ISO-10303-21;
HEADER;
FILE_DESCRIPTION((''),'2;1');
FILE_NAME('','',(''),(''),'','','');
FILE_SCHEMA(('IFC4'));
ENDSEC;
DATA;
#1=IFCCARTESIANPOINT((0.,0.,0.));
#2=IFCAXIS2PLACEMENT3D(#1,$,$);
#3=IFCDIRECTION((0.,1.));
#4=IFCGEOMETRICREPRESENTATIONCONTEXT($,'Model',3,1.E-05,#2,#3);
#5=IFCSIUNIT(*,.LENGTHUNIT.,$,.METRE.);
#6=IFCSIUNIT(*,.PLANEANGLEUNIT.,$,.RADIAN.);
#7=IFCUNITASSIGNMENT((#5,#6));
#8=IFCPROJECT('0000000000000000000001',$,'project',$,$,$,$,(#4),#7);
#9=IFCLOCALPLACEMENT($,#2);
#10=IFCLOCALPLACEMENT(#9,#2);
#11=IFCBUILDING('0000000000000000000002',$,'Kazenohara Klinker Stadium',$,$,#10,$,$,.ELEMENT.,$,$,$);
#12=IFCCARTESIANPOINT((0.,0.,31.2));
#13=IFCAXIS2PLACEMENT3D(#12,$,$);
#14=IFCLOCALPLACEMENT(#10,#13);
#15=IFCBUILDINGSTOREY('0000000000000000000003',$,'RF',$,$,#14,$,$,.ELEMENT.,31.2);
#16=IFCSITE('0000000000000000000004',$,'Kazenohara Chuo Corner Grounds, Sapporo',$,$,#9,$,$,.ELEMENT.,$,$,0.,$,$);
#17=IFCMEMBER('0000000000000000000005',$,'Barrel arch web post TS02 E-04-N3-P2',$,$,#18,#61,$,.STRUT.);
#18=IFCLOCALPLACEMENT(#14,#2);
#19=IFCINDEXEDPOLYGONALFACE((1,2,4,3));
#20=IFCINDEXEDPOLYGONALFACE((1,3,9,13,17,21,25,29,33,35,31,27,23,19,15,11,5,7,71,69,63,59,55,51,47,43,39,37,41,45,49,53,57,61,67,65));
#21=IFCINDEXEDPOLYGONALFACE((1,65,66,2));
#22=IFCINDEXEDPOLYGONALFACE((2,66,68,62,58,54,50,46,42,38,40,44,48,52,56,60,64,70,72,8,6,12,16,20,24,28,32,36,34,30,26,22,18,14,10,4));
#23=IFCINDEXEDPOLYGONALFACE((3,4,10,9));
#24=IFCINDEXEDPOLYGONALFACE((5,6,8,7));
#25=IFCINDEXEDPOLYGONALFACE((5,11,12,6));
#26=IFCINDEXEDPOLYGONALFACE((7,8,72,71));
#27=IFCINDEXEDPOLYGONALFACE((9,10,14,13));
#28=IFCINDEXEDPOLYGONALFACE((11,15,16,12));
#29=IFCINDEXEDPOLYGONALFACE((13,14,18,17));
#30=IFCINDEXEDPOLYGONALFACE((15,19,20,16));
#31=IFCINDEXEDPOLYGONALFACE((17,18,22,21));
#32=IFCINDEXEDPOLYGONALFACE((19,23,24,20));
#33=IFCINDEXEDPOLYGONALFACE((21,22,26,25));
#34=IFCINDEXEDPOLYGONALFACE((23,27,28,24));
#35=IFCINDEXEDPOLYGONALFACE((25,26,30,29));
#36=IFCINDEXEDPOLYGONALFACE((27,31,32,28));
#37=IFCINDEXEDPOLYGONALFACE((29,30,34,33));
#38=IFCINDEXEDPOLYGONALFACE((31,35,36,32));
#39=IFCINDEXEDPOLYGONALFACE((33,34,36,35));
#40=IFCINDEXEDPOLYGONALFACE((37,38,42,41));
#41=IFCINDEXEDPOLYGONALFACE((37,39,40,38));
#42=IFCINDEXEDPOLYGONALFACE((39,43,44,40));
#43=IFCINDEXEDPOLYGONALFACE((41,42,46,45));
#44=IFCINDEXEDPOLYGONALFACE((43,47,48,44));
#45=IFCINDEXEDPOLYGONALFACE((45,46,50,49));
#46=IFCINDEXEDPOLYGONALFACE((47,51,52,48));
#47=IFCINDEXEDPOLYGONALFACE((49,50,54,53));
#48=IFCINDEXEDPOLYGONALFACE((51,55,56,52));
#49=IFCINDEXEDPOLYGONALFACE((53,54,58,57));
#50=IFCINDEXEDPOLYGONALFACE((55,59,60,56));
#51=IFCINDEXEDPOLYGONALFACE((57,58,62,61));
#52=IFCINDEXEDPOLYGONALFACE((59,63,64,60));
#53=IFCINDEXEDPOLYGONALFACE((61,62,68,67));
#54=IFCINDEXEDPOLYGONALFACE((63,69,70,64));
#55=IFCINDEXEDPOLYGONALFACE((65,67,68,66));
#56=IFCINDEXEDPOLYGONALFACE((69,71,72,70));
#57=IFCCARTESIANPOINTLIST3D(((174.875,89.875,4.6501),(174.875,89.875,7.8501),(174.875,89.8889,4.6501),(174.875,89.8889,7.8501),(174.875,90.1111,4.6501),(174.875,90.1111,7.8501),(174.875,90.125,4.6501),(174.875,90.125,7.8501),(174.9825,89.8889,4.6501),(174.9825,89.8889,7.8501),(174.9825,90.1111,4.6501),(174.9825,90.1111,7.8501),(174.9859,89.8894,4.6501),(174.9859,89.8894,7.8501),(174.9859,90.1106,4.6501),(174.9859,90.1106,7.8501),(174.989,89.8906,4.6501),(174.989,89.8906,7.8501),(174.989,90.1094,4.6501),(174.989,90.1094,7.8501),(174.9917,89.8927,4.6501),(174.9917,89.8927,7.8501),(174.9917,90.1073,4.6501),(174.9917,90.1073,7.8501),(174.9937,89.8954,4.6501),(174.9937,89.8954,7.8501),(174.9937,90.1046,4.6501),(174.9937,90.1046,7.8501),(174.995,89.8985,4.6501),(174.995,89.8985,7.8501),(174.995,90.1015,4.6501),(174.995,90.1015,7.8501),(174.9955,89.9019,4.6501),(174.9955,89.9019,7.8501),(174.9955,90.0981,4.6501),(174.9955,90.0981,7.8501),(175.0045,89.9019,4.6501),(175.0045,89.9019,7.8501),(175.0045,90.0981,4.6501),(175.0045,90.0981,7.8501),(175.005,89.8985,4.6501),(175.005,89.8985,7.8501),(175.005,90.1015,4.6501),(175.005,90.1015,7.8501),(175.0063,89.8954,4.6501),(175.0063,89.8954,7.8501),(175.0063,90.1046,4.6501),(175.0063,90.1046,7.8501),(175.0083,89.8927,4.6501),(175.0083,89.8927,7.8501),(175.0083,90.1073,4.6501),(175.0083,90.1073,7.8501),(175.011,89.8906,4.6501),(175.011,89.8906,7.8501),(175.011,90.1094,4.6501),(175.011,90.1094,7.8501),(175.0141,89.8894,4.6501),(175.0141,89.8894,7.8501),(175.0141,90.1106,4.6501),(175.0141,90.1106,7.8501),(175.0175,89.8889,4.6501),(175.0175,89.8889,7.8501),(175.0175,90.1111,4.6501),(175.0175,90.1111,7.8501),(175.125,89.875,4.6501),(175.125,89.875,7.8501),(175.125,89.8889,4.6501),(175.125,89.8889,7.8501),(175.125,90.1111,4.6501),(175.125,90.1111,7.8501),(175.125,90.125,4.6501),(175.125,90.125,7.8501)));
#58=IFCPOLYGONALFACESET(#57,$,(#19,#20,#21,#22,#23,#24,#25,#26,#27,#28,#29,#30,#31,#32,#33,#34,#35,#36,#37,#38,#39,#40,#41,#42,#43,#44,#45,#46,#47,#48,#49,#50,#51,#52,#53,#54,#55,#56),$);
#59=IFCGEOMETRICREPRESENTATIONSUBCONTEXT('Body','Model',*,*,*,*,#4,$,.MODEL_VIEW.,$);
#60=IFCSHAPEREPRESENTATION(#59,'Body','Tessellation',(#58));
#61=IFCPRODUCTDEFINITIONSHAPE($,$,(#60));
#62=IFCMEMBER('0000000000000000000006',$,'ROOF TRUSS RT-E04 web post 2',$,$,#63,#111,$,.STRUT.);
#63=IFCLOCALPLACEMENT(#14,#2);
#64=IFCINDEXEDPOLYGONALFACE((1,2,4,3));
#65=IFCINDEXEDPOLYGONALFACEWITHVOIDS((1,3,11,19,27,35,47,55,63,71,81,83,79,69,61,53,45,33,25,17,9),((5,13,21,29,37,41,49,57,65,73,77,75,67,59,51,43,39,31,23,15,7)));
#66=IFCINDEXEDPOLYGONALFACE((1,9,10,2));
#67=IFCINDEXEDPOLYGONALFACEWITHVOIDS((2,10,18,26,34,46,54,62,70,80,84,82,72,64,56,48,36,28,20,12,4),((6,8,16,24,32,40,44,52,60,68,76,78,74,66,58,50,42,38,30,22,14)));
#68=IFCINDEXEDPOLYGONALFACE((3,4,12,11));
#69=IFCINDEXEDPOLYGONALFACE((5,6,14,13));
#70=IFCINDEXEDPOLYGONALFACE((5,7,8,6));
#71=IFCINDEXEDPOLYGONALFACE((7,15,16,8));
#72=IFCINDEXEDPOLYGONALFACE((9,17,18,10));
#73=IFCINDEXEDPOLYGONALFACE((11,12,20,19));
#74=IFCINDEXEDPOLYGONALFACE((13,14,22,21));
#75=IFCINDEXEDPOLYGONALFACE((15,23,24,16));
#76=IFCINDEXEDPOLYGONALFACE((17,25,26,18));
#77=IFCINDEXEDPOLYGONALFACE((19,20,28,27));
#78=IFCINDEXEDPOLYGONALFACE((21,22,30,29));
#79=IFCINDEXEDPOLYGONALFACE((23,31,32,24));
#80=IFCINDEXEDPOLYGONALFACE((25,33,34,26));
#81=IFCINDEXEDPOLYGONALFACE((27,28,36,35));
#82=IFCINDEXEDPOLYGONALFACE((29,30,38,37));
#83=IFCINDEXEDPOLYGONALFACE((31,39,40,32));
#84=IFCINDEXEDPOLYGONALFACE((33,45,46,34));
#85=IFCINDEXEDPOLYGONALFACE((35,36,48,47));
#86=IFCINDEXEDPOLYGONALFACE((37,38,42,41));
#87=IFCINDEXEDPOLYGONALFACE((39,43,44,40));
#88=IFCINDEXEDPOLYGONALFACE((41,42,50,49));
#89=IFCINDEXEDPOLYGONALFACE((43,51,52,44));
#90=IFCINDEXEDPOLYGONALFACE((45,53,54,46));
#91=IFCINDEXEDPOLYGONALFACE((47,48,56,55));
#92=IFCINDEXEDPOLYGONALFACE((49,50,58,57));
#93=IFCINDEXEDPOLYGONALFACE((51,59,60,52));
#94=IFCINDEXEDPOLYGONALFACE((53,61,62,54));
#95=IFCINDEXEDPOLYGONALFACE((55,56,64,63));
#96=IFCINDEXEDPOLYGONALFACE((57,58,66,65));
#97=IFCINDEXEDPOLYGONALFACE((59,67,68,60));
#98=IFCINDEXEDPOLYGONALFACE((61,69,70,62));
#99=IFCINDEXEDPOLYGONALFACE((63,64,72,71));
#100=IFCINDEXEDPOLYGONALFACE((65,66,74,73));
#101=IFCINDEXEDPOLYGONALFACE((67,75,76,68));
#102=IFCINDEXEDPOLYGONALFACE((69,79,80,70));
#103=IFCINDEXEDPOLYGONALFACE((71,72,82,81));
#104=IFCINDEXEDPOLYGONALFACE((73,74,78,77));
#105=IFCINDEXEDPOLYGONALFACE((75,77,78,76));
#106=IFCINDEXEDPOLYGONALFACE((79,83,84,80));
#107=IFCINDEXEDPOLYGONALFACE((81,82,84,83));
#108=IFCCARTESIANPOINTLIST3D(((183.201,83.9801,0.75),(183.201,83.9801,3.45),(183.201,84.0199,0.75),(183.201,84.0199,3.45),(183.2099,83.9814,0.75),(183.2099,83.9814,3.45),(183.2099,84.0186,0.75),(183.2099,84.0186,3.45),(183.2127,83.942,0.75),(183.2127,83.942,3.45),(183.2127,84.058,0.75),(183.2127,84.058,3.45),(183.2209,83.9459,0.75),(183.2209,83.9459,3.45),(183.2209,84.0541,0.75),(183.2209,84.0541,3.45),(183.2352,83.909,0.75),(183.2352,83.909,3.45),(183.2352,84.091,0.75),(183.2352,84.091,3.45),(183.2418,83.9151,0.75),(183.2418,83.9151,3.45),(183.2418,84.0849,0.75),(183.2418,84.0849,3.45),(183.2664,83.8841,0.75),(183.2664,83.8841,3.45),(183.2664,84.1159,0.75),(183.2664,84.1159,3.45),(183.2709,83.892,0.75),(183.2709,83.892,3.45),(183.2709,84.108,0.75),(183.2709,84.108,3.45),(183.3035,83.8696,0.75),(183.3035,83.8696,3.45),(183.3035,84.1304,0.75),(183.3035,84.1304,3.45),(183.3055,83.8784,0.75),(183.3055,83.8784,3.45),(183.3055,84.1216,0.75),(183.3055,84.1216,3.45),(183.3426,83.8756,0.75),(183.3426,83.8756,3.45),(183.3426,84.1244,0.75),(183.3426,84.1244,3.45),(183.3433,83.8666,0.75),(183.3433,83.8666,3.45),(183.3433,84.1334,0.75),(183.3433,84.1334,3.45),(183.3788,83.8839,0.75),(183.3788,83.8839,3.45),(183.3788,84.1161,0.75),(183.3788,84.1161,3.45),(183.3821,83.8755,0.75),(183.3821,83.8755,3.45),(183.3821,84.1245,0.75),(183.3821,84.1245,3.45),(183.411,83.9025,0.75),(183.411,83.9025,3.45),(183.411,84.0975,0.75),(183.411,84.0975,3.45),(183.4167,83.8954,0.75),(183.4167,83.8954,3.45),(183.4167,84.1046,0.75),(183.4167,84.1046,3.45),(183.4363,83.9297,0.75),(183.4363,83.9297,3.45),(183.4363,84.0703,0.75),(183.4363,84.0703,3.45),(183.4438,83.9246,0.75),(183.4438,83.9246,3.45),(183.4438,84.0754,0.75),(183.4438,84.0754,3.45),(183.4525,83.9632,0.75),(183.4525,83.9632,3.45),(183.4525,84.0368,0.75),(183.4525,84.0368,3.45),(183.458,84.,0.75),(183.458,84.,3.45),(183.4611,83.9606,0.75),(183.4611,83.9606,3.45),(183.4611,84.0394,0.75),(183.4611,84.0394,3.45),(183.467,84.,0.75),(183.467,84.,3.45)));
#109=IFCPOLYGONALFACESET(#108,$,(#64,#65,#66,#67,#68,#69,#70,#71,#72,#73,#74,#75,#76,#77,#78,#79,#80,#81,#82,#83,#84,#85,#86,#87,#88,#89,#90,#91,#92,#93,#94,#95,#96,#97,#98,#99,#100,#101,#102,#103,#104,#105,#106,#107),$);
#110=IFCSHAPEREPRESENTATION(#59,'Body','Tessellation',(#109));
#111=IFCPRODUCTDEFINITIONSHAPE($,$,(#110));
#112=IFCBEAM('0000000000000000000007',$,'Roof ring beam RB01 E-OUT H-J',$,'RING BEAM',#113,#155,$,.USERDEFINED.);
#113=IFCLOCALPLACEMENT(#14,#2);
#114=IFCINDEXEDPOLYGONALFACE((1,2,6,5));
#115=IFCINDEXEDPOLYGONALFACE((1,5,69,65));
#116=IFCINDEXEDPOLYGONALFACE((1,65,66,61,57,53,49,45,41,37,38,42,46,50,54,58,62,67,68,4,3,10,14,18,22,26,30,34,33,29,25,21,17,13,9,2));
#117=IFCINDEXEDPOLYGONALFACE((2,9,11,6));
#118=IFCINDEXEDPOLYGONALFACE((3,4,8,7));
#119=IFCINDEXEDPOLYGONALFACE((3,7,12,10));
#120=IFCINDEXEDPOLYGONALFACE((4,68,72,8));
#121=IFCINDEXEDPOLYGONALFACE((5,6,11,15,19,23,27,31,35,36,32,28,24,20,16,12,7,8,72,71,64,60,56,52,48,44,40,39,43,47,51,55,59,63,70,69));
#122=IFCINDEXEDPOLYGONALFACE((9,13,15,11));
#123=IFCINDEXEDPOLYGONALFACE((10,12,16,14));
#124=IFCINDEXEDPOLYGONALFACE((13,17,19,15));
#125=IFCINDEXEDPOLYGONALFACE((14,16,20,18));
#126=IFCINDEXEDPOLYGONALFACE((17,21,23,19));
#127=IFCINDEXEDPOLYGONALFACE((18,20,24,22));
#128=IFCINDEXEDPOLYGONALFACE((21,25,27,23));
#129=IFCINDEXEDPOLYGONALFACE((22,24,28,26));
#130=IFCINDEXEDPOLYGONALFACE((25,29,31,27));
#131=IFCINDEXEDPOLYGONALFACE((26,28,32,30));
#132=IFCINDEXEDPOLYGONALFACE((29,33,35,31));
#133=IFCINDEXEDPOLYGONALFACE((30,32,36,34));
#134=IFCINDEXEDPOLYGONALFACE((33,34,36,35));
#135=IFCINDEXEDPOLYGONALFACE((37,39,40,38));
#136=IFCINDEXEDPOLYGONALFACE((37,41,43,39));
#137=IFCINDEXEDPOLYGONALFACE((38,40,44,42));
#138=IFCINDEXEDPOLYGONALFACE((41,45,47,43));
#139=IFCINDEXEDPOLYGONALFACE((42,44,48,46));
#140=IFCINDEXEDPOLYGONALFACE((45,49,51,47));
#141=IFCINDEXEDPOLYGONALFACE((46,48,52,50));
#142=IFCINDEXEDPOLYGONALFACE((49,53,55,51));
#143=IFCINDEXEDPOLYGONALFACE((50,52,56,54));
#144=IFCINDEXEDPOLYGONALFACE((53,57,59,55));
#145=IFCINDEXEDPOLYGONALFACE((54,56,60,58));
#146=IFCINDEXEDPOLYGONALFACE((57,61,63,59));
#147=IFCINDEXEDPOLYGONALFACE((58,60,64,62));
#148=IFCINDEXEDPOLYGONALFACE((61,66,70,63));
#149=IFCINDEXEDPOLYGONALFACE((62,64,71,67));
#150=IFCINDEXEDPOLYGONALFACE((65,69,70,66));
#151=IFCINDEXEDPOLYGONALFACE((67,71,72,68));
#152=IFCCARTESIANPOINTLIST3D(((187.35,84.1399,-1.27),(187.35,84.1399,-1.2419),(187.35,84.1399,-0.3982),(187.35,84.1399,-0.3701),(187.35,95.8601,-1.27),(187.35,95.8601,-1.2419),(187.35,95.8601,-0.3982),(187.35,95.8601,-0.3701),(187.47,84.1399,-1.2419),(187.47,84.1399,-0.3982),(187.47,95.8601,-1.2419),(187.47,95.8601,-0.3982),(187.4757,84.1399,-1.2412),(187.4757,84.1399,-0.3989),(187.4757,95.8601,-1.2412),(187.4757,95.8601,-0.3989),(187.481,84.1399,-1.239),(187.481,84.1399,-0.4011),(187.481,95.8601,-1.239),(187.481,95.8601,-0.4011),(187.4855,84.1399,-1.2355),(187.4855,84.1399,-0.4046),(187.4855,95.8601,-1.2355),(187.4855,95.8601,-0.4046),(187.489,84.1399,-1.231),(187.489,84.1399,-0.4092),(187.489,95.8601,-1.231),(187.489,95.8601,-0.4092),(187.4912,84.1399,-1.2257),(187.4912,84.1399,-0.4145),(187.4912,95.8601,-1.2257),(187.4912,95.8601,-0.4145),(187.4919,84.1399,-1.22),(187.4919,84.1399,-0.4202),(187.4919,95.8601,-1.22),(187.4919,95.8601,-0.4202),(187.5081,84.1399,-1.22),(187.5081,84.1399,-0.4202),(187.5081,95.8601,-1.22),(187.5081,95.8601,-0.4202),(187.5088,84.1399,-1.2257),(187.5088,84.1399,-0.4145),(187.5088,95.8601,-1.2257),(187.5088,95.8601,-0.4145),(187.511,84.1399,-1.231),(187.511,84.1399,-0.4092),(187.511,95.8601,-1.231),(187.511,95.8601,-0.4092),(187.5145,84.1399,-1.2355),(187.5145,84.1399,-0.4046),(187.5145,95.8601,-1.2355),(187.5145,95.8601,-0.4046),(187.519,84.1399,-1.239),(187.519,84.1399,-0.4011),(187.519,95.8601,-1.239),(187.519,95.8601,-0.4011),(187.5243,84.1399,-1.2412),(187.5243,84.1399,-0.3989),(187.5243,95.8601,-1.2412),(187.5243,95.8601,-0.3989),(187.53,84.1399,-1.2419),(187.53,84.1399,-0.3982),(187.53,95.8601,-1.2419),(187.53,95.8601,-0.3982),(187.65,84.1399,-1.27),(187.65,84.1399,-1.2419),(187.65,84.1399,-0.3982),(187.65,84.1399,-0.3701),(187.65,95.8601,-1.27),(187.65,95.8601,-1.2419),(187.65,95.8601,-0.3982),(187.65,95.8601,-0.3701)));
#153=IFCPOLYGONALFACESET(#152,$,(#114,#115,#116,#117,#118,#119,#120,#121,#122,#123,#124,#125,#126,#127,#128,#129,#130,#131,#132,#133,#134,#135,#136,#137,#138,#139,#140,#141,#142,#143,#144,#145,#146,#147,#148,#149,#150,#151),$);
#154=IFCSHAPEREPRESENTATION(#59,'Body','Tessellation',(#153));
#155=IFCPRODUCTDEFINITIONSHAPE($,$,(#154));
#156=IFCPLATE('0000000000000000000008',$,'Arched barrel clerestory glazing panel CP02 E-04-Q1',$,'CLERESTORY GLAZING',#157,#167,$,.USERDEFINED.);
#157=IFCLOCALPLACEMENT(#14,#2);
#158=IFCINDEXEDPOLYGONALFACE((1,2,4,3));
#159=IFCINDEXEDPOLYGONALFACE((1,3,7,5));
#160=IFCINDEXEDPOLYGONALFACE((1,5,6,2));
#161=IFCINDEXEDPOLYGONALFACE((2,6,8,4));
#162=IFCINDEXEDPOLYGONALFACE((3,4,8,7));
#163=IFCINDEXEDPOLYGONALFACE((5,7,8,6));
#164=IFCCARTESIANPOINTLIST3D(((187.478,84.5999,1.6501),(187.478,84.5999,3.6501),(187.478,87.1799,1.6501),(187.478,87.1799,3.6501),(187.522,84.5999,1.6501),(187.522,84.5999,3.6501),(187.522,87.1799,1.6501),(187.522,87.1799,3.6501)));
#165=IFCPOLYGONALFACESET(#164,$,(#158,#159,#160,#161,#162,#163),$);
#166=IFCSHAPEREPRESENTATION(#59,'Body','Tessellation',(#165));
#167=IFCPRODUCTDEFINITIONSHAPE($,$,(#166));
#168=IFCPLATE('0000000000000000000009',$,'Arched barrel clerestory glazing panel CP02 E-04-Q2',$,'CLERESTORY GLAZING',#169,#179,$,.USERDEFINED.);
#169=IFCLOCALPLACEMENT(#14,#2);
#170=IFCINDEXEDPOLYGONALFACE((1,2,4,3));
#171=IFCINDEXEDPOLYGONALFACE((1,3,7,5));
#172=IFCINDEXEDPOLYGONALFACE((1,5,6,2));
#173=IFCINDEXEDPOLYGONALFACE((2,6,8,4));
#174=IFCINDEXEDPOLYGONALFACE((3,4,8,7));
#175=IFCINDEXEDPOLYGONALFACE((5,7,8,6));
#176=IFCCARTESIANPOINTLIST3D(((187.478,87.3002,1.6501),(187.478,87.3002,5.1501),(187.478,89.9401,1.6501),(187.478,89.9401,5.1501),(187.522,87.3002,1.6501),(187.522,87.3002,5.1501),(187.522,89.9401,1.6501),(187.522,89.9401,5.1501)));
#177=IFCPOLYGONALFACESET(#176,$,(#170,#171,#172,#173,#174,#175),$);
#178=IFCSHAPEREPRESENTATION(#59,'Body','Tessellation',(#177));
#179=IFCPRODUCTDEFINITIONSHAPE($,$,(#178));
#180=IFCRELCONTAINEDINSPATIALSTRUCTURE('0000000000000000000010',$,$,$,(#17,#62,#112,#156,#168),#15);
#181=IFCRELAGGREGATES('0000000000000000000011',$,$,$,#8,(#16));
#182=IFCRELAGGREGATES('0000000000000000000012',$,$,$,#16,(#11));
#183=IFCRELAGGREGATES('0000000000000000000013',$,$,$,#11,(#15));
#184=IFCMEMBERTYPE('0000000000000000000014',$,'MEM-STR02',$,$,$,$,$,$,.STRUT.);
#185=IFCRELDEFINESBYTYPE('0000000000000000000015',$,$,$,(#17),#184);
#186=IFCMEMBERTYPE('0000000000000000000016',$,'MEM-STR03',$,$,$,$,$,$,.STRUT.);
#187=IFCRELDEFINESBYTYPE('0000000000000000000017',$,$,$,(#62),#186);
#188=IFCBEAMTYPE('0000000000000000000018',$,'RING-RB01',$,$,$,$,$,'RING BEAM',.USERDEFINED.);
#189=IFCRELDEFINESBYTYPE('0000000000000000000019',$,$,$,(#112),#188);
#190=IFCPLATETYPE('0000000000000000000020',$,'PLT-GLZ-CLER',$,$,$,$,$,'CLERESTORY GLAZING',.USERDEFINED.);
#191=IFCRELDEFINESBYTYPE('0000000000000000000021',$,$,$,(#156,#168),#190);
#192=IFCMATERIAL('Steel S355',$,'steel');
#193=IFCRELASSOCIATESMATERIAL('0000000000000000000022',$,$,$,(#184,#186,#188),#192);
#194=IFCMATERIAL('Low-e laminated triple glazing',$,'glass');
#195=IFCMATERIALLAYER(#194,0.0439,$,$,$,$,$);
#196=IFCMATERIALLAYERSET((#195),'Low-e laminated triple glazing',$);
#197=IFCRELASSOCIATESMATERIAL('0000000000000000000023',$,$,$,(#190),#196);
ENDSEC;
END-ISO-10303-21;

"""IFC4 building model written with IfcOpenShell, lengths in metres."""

from ifc_helpers import new_model, si_unit, direction, frame, origin, origin_2d, place, context, subcontext, project, spatial, rectangle, hollow_circle, i_section, extrude, material, layer, layer_set, material_profile, profile_set, type_object, element, save


model = new_model("IFC4")

# Units and contexts
model_context = context("Model", 3, precision=1e-05, world=origin(), true_north=direction((0.0, 1.0)))
body_context = subcontext(model_context, "Body", "Model", "MODEL_VIEW")
ifc_project = project(units=[si_unit("LENGTHUNIT", "METRE"), si_unit("PLANEANGLEUNIT", "RADIAN")], contexts=[model_context])

# Site, building, storey
site_placement = place(None, origin())
site = spatial("IfcSite", under=ifc_project, at=site_placement, Name="Kazenohara Chuo Corner Grounds, Sapporo", CompositionType="ELEMENT", RefElevation=0.0)
building_placement = place(site_placement, origin())
building = spatial("IfcBuilding", under=site, at=building_placement, Name="Kazenohara Klinker Stadium", CompositionType="ELEMENT")
storey_placement = place(building_placement, frame((0.0, 0.0, 31.2)))
storey = spatial("IfcBuildingStorey", under=building, at=storey_placement, Name="RF", CompositionType="ELEMENT", Elevation=31.2)

# Members
ifc_material_1 = material(Name="Steel S355", Category="steel")
ifc_material_profile_1 = material_profile(ifc_material_1, i_section(OverallWidth=0.25, OverallDepth=0.25, WebThickness=0.009, FlangeThickness=0.0139, FilletRadius=0.0129, at=origin_2d()), Name="H-250x250x9x14")
ifc_profile_set_1 = profile_set([ifc_material_profile_1], Name="Steel S355")
member_type_1 = type_object("IfcMemberType", Name="MEM-STR02", PredefinedType="STRUT", material=ifc_profile_set_1)
member_1_placement = place(storey_placement, frame((175.0, 90.0, 4.6501), z_axis=(0.0, 0.0, 1.0), x_axis=(1.0, 0.0, 0.0)))
element("IfcMember", 1, at=member_1_placement, inside=storey, type_object=member_type_1, Name="Barrel arch web post TS02 E-04-N3-P2", PredefinedType="STRUT", context=body_context, shape_type="SweptSolid", body=[
    extrude(i_section(OverallWidth=0.25, OverallDepth=0.25, WebThickness=0.009, FlangeThickness=0.0139, FilletRadius=0.0129, at=origin_2d()), origin(), (0.0, 0.0, 1.0), 3.2),
])
ifc_material_profile_2 = material_profile(ifc_material_1, hollow_circle(Radius=0.1338, WallThickness=0.009, at=origin_2d()), Name="CHS-267.4x9")
ifc_profile_set_2 = profile_set([ifc_material_profile_2], Name="Steel S355")
member_type_2 = type_object("IfcMemberType", Name="MEM-STR03", PredefinedType="STRUT", material=ifc_profile_set_2)
member_2_placement = place(storey_placement, frame((183.3333, 84.0, 0.75), z_axis=(0.0, 0.0, 1.0), x_axis=(1.0, 0.0, 0.0)))
element("IfcMember", 2, at=member_2_placement, inside=storey, type_object=member_type_2, Name="ROOF TRUSS RT-E04 web post 2", PredefinedType="STRUT", context=body_context, shape_type="SweptSolid", body=[
    extrude(hollow_circle(Radius=0.1338, WallThickness=0.009, at=origin_2d()), origin(), (0.0, 0.0, 1.0), 2.7),
])

# Beam
ifc_material_profile_3 = material_profile(ifc_material_1, i_section(OverallWidth=0.3, OverallDepth=0.8999, WebThickness=0.0161, FlangeThickness=0.0281, FilletRadius=0.022, at=origin_2d()), Name="H-900x300x16x28")
ifc_profile_set_3 = profile_set([ifc_material_profile_3], Name="Steel S355")
beam_type = type_object("IfcBeamType", Name="RING-RB01", ElementType="RING BEAM", PredefinedType="USERDEFINED", material=ifc_profile_set_3)
beam_placement = place(storey_placement, frame((187.5, 84.1399, -0.8201), z_axis=(0.0, 1.0, 0.0), x_axis=(-1.0, 0.0, 0.0)))
element("IfcBeam", 3, at=beam_placement, inside=storey, type_object=beam_type, Name="Roof ring beam RB01 E-OUT H-J", ObjectType="RING BEAM", PredefinedType="USERDEFINED", context=body_context, shape_type="SweptSolid", body=[
    extrude(i_section(OverallWidth=0.3, OverallDepth=0.8999, WebThickness=0.0161, FlangeThickness=0.0281, FilletRadius=0.022, at=origin_2d()), origin(), (0.0, 0.0, 1.0), 11.7202),
])

# Plates
ifc_material_2 = material(Name="Low-e laminated triple glazing", Category="glass")
ifc_layer_1 = layer(ifc_material_2, 0.0439)
ifc_layer_set_1 = layer_set([ifc_layer_1], Name="Low-e laminated triple glazing")
plate_type_1 = type_object("IfcPlateType", Name="PLT-GLZ-CLER", ElementType="CLERESTORY GLAZING", PredefinedType="USERDEFINED", material=ifc_layer_set_1)
plate_1_placement = place(storey_placement, frame((187.5, 85.8899, 1.6501), z_axis=(0.0, 0.0, 1.0), x_axis=(1.0, 0.0, 0.0)))
element("IfcPlate", 4, at=plate_1_placement, inside=storey, type_object=plate_type_1, Name="Arched barrel clerestory glazing panel CP02 E-04-Q1", ObjectType="CLERESTORY GLAZING", PredefinedType="USERDEFINED", context=body_context, shape_type="SweptSolid", body=[
    extrude(rectangle(XDim=0.0439, YDim=2.5801, at=origin_2d()), origin(), (0.0, 0.0, 1.0), 2.0),
])
plate_2_placement = place(storey_placement, frame((187.5, 88.6201, 1.6501), z_axis=(0.0, 0.0, 1.0), x_axis=(1.0, 0.0, 0.0)))
element("IfcPlate", 5, at=plate_2_placement, inside=storey, type_object=plate_type_1, Name="Arched barrel clerestory glazing panel CP02 E-04-Q2", ObjectType="CLERESTORY GLAZING", PredefinedType="USERDEFINED", context=body_context, shape_type="SweptSolid", body=[
    extrude(rectangle(XDim=0.0439, YDim=2.6399, at=origin_2d()), origin(), (0.0, 0.0, 1.0), 3.5),
])

save(model, "model.ifc")
